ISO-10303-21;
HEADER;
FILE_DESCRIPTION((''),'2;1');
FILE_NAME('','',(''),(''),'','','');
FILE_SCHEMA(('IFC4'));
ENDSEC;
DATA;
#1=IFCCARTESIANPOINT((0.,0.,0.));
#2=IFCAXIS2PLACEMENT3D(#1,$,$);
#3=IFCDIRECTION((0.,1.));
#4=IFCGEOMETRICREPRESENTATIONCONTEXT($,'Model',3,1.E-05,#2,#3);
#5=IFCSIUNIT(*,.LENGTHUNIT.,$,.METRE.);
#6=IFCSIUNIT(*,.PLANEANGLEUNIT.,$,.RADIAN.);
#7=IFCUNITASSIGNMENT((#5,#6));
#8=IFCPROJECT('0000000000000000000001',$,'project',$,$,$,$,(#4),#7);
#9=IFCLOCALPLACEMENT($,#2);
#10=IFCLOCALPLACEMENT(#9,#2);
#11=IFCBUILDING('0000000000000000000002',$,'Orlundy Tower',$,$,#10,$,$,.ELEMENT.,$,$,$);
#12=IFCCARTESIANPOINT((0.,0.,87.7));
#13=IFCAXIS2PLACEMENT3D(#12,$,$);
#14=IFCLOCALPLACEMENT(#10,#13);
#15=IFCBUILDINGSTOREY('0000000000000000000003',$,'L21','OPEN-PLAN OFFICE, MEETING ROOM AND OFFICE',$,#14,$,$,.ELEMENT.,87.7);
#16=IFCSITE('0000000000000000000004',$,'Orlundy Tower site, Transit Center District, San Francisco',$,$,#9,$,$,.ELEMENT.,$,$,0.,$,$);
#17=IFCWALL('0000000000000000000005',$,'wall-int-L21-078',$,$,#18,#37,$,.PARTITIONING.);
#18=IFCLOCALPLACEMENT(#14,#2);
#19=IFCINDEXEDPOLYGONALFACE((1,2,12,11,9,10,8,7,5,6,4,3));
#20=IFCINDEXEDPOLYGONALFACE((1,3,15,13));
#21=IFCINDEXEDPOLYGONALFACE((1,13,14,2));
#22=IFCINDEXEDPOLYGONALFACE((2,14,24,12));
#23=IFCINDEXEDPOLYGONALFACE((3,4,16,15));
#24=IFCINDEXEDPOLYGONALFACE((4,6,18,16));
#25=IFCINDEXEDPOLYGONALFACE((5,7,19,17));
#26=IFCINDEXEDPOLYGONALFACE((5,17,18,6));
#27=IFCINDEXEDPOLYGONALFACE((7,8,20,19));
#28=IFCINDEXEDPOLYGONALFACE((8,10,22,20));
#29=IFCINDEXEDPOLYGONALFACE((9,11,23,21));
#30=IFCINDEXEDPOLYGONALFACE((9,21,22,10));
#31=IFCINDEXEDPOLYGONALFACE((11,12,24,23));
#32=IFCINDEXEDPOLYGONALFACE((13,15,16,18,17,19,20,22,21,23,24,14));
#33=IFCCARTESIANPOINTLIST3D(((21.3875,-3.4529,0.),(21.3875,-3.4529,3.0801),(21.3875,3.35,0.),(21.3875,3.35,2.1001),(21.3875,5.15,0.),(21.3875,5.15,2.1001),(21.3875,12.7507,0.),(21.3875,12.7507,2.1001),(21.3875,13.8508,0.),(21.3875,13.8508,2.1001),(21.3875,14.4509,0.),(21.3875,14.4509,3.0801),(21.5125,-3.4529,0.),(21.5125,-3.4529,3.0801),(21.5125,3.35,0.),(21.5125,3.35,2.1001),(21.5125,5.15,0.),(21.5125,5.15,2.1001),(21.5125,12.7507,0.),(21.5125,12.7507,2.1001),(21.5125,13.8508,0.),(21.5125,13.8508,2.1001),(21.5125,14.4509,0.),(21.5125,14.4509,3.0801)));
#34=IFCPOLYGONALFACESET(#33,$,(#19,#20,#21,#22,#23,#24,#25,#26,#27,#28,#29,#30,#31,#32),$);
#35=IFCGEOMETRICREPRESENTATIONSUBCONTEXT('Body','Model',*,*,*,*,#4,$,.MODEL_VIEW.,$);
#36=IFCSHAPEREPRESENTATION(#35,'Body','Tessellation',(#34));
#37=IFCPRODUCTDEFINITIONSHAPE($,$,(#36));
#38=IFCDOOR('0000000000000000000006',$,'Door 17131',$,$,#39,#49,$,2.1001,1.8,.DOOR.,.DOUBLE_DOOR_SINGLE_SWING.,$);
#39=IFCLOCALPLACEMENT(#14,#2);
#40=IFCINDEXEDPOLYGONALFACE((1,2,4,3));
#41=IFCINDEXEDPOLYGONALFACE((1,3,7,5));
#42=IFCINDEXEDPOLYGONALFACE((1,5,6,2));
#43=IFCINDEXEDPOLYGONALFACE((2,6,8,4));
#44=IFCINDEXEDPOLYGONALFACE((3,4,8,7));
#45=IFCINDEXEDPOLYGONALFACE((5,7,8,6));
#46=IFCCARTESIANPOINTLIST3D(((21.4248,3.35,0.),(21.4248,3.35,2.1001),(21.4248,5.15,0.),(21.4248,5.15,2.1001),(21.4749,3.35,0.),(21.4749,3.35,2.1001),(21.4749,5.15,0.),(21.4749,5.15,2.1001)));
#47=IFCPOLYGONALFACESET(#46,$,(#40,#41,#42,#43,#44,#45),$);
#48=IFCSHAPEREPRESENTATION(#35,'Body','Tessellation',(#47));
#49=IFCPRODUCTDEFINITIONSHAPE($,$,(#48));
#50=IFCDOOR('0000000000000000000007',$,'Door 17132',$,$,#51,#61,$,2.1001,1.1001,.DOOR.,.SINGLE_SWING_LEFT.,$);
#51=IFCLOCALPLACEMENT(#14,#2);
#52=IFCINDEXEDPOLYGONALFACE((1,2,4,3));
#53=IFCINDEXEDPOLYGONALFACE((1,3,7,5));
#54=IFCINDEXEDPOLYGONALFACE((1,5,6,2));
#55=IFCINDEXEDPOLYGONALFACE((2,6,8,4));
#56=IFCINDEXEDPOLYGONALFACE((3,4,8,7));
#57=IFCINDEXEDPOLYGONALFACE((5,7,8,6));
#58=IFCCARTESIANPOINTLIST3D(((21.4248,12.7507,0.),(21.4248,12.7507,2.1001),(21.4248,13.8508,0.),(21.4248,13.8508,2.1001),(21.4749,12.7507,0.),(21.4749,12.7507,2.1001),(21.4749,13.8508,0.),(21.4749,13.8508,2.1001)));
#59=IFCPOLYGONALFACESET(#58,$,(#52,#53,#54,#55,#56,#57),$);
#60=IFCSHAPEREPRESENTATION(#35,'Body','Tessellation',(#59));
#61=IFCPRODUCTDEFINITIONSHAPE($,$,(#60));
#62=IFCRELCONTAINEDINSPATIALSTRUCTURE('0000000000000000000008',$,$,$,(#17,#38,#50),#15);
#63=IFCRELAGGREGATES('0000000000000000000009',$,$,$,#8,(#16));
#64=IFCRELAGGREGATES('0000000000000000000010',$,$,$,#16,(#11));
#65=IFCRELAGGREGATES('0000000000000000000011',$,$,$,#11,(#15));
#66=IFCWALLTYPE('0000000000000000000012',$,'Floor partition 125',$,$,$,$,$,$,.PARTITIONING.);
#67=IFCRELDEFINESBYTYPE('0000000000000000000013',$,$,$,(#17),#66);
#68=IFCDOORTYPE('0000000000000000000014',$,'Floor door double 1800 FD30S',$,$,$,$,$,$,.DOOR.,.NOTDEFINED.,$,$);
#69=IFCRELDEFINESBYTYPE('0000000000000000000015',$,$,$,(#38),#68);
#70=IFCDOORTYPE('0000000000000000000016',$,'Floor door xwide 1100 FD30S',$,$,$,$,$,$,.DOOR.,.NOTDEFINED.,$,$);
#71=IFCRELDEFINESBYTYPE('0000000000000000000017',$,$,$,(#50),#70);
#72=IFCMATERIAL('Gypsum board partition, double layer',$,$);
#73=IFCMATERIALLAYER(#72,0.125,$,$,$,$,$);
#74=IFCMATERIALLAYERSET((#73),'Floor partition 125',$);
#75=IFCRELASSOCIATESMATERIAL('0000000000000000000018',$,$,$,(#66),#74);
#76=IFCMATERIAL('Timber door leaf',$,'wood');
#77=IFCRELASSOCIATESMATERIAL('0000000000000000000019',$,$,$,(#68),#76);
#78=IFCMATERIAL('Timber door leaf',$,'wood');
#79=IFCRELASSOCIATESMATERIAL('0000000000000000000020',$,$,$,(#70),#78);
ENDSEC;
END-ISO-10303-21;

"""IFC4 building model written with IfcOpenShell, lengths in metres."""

from ifc_helpers import new_model, si_unit, direction, frame, frame_2d, origin, place, context, subcontext, project, spatial, rectangle, extrude, material, layer, layer_set, type_object, element, fill, save


model = new_model("IFC4")

# Units and contexts
model_context = context("Model", 3, precision=1e-05, world=origin(), true_north=direction((0.0, 1.0)))
body_context = subcontext(model_context, "Body", "Model", "MODEL_VIEW")
ifc_project = project(units=[si_unit("LENGTHUNIT", "METRE"), si_unit("PLANEANGLEUNIT", "RADIAN")], contexts=[model_context])

# Site, building, storey
site_placement = place(None, origin())
site = spatial("IfcSite", under=ifc_project, at=site_placement, Name="Orlundy Tower site, Transit Center District, San Francisco", CompositionType="ELEMENT", RefElevation=0.0)
building_placement = place(site_placement, origin())
building = spatial("IfcBuilding", under=site, at=building_placement, Name="Orlundy Tower", CompositionType="ELEMENT")
storey_placement = place(building_placement, frame((0.0, 0.0, 87.7)))
storey = spatial("IfcBuildingStorey", under=building, at=storey_placement, Name="L21", Description="OPEN-PLAN OFFICE, MEETING ROOM AND OFFICE", CompositionType="ELEMENT", Elevation=87.7)

# Wall, openings, doors
ifc_material_1 = material(Name="Gypsum board partition, double layer")
ifc_layer_1 = layer(ifc_material_1, 0.125)
ifc_layer_set_1 = layer_set([ifc_layer_1], Name="Floor partition 125")
wall_type_1 = type_object("IfcWallType", Name="Floor partition 125", PredefinedType="PARTITIONING", material=ifc_layer_set_1)
wall_1_placement = place(storey_placement, frame((21.45, 14.4509, 0.0), z_axis=(0.0, 0.0, 1.0), x_axis=(0.0, -1.0, 0.0)))
wall_1 = element("IfcWall", 1, at=wall_1_placement, inside=storey, type_object=wall_type_1, Name="wall-int-L21-078", PredefinedType="PARTITIONING", context=body_context, shape_type="SweptSolid", body=[
    extrude(rectangle(XDim=17.9038, YDim=0.125, at=frame_2d((8.9519, 0.0))), origin(), (0.0, 0.0, 1.0), 3.0801),
])
opening_1_placement = place(wall_1_placement, frame((9.301, 0.0, 0.0)))
opening_1 = element("IfcOpeningElement", 2, at=opening_1_placement, cuts=wall_1, PredefinedType="OPENING", context=body_context, shape_type="SweptSolid", body=[
    extrude(rectangle(XDim=1.8, YDim=2.1001, at=frame_2d((0.8999, 1.05))), frame((0.0, 0.0725, 0.0), z_axis=(0.0, -1.0, 0.0), x_axis=(1.0, 0.0, 0.0)), (0.0, 0.0, 1.0), 0.145),
])
opening_2_placement = place(wall_1_placement, frame((0.6001, 0.0, 0.0)))
opening_2 = element("IfcOpeningElement", 3, at=opening_2_placement, cuts=wall_1, PredefinedType="OPENING", context=body_context, shape_type="SweptSolid", body=[
    extrude(rectangle(XDim=1.1001, YDim=2.1001, at=frame_2d((0.55, 1.05))), frame((0.0, 0.0725, 0.0), z_axis=(0.0, -1.0, 0.0), x_axis=(1.0, 0.0, 0.0)), (0.0, 0.0, 1.0), 0.145),
])
ifc_material_2 = material(Name="Timber door leaf", Category="wood")
door_type_1 = type_object("IfcDoorType", Name="Floor door double 1800 FD30S", OperationType="NOTDEFINED", PredefinedType="DOOR", material=ifc_material_2)
door_1_placement = place(opening_1_placement, origin())
door_1 = element("IfcDoor", 4, at=door_1_placement, inside=storey, type_object=door_type_1, Name="Door 17131", OperationType="DOUBLE_DOOR_SINGLE_SWING", OverallHeight=2.1001, OverallWidth=1.8, PredefinedType="DOOR", context=body_context, shape_type="SweptSolid", body=[
    extrude(rectangle(XDim=1.8, YDim=2.1001, at=frame_2d((0.8999, 1.05))), frame((0.0, 0.0249, 0.0), z_axis=(0.0, -1.0, 0.0), x_axis=(1.0, 0.0, 0.0)), (0.0, 0.0, 1.0), 0.05),
])
fill(opening_1, door_1)
ifc_material_3 = material(Name="Timber door leaf", Category="wood")
door_type_2 = type_object("IfcDoorType", Name="Floor door xwide 1100 FD30S", OperationType="NOTDEFINED", PredefinedType="DOOR", material=ifc_material_3)
door_2_placement = place(opening_2_placement, origin())
door_2 = element("IfcDoor", 5, at=door_2_placement, inside=storey, type_object=door_type_2, Name="Door 17132", OperationType="SINGLE_SWING_LEFT", OverallHeight=2.1001, OverallWidth=1.1001, PredefinedType="DOOR", context=body_context, shape_type="SweptSolid", body=[
    extrude(rectangle(XDim=1.1001, YDim=2.1001, at=frame_2d((0.55, 1.05))), frame((0.0, 0.0249, 0.0), z_axis=(0.0, -1.0, 0.0), x_axis=(1.0, 0.0, 0.0)), (0.0, 0.0, 1.0), 0.05),
])
fill(opening_2, door_2)

save(model, "model.ifc")
